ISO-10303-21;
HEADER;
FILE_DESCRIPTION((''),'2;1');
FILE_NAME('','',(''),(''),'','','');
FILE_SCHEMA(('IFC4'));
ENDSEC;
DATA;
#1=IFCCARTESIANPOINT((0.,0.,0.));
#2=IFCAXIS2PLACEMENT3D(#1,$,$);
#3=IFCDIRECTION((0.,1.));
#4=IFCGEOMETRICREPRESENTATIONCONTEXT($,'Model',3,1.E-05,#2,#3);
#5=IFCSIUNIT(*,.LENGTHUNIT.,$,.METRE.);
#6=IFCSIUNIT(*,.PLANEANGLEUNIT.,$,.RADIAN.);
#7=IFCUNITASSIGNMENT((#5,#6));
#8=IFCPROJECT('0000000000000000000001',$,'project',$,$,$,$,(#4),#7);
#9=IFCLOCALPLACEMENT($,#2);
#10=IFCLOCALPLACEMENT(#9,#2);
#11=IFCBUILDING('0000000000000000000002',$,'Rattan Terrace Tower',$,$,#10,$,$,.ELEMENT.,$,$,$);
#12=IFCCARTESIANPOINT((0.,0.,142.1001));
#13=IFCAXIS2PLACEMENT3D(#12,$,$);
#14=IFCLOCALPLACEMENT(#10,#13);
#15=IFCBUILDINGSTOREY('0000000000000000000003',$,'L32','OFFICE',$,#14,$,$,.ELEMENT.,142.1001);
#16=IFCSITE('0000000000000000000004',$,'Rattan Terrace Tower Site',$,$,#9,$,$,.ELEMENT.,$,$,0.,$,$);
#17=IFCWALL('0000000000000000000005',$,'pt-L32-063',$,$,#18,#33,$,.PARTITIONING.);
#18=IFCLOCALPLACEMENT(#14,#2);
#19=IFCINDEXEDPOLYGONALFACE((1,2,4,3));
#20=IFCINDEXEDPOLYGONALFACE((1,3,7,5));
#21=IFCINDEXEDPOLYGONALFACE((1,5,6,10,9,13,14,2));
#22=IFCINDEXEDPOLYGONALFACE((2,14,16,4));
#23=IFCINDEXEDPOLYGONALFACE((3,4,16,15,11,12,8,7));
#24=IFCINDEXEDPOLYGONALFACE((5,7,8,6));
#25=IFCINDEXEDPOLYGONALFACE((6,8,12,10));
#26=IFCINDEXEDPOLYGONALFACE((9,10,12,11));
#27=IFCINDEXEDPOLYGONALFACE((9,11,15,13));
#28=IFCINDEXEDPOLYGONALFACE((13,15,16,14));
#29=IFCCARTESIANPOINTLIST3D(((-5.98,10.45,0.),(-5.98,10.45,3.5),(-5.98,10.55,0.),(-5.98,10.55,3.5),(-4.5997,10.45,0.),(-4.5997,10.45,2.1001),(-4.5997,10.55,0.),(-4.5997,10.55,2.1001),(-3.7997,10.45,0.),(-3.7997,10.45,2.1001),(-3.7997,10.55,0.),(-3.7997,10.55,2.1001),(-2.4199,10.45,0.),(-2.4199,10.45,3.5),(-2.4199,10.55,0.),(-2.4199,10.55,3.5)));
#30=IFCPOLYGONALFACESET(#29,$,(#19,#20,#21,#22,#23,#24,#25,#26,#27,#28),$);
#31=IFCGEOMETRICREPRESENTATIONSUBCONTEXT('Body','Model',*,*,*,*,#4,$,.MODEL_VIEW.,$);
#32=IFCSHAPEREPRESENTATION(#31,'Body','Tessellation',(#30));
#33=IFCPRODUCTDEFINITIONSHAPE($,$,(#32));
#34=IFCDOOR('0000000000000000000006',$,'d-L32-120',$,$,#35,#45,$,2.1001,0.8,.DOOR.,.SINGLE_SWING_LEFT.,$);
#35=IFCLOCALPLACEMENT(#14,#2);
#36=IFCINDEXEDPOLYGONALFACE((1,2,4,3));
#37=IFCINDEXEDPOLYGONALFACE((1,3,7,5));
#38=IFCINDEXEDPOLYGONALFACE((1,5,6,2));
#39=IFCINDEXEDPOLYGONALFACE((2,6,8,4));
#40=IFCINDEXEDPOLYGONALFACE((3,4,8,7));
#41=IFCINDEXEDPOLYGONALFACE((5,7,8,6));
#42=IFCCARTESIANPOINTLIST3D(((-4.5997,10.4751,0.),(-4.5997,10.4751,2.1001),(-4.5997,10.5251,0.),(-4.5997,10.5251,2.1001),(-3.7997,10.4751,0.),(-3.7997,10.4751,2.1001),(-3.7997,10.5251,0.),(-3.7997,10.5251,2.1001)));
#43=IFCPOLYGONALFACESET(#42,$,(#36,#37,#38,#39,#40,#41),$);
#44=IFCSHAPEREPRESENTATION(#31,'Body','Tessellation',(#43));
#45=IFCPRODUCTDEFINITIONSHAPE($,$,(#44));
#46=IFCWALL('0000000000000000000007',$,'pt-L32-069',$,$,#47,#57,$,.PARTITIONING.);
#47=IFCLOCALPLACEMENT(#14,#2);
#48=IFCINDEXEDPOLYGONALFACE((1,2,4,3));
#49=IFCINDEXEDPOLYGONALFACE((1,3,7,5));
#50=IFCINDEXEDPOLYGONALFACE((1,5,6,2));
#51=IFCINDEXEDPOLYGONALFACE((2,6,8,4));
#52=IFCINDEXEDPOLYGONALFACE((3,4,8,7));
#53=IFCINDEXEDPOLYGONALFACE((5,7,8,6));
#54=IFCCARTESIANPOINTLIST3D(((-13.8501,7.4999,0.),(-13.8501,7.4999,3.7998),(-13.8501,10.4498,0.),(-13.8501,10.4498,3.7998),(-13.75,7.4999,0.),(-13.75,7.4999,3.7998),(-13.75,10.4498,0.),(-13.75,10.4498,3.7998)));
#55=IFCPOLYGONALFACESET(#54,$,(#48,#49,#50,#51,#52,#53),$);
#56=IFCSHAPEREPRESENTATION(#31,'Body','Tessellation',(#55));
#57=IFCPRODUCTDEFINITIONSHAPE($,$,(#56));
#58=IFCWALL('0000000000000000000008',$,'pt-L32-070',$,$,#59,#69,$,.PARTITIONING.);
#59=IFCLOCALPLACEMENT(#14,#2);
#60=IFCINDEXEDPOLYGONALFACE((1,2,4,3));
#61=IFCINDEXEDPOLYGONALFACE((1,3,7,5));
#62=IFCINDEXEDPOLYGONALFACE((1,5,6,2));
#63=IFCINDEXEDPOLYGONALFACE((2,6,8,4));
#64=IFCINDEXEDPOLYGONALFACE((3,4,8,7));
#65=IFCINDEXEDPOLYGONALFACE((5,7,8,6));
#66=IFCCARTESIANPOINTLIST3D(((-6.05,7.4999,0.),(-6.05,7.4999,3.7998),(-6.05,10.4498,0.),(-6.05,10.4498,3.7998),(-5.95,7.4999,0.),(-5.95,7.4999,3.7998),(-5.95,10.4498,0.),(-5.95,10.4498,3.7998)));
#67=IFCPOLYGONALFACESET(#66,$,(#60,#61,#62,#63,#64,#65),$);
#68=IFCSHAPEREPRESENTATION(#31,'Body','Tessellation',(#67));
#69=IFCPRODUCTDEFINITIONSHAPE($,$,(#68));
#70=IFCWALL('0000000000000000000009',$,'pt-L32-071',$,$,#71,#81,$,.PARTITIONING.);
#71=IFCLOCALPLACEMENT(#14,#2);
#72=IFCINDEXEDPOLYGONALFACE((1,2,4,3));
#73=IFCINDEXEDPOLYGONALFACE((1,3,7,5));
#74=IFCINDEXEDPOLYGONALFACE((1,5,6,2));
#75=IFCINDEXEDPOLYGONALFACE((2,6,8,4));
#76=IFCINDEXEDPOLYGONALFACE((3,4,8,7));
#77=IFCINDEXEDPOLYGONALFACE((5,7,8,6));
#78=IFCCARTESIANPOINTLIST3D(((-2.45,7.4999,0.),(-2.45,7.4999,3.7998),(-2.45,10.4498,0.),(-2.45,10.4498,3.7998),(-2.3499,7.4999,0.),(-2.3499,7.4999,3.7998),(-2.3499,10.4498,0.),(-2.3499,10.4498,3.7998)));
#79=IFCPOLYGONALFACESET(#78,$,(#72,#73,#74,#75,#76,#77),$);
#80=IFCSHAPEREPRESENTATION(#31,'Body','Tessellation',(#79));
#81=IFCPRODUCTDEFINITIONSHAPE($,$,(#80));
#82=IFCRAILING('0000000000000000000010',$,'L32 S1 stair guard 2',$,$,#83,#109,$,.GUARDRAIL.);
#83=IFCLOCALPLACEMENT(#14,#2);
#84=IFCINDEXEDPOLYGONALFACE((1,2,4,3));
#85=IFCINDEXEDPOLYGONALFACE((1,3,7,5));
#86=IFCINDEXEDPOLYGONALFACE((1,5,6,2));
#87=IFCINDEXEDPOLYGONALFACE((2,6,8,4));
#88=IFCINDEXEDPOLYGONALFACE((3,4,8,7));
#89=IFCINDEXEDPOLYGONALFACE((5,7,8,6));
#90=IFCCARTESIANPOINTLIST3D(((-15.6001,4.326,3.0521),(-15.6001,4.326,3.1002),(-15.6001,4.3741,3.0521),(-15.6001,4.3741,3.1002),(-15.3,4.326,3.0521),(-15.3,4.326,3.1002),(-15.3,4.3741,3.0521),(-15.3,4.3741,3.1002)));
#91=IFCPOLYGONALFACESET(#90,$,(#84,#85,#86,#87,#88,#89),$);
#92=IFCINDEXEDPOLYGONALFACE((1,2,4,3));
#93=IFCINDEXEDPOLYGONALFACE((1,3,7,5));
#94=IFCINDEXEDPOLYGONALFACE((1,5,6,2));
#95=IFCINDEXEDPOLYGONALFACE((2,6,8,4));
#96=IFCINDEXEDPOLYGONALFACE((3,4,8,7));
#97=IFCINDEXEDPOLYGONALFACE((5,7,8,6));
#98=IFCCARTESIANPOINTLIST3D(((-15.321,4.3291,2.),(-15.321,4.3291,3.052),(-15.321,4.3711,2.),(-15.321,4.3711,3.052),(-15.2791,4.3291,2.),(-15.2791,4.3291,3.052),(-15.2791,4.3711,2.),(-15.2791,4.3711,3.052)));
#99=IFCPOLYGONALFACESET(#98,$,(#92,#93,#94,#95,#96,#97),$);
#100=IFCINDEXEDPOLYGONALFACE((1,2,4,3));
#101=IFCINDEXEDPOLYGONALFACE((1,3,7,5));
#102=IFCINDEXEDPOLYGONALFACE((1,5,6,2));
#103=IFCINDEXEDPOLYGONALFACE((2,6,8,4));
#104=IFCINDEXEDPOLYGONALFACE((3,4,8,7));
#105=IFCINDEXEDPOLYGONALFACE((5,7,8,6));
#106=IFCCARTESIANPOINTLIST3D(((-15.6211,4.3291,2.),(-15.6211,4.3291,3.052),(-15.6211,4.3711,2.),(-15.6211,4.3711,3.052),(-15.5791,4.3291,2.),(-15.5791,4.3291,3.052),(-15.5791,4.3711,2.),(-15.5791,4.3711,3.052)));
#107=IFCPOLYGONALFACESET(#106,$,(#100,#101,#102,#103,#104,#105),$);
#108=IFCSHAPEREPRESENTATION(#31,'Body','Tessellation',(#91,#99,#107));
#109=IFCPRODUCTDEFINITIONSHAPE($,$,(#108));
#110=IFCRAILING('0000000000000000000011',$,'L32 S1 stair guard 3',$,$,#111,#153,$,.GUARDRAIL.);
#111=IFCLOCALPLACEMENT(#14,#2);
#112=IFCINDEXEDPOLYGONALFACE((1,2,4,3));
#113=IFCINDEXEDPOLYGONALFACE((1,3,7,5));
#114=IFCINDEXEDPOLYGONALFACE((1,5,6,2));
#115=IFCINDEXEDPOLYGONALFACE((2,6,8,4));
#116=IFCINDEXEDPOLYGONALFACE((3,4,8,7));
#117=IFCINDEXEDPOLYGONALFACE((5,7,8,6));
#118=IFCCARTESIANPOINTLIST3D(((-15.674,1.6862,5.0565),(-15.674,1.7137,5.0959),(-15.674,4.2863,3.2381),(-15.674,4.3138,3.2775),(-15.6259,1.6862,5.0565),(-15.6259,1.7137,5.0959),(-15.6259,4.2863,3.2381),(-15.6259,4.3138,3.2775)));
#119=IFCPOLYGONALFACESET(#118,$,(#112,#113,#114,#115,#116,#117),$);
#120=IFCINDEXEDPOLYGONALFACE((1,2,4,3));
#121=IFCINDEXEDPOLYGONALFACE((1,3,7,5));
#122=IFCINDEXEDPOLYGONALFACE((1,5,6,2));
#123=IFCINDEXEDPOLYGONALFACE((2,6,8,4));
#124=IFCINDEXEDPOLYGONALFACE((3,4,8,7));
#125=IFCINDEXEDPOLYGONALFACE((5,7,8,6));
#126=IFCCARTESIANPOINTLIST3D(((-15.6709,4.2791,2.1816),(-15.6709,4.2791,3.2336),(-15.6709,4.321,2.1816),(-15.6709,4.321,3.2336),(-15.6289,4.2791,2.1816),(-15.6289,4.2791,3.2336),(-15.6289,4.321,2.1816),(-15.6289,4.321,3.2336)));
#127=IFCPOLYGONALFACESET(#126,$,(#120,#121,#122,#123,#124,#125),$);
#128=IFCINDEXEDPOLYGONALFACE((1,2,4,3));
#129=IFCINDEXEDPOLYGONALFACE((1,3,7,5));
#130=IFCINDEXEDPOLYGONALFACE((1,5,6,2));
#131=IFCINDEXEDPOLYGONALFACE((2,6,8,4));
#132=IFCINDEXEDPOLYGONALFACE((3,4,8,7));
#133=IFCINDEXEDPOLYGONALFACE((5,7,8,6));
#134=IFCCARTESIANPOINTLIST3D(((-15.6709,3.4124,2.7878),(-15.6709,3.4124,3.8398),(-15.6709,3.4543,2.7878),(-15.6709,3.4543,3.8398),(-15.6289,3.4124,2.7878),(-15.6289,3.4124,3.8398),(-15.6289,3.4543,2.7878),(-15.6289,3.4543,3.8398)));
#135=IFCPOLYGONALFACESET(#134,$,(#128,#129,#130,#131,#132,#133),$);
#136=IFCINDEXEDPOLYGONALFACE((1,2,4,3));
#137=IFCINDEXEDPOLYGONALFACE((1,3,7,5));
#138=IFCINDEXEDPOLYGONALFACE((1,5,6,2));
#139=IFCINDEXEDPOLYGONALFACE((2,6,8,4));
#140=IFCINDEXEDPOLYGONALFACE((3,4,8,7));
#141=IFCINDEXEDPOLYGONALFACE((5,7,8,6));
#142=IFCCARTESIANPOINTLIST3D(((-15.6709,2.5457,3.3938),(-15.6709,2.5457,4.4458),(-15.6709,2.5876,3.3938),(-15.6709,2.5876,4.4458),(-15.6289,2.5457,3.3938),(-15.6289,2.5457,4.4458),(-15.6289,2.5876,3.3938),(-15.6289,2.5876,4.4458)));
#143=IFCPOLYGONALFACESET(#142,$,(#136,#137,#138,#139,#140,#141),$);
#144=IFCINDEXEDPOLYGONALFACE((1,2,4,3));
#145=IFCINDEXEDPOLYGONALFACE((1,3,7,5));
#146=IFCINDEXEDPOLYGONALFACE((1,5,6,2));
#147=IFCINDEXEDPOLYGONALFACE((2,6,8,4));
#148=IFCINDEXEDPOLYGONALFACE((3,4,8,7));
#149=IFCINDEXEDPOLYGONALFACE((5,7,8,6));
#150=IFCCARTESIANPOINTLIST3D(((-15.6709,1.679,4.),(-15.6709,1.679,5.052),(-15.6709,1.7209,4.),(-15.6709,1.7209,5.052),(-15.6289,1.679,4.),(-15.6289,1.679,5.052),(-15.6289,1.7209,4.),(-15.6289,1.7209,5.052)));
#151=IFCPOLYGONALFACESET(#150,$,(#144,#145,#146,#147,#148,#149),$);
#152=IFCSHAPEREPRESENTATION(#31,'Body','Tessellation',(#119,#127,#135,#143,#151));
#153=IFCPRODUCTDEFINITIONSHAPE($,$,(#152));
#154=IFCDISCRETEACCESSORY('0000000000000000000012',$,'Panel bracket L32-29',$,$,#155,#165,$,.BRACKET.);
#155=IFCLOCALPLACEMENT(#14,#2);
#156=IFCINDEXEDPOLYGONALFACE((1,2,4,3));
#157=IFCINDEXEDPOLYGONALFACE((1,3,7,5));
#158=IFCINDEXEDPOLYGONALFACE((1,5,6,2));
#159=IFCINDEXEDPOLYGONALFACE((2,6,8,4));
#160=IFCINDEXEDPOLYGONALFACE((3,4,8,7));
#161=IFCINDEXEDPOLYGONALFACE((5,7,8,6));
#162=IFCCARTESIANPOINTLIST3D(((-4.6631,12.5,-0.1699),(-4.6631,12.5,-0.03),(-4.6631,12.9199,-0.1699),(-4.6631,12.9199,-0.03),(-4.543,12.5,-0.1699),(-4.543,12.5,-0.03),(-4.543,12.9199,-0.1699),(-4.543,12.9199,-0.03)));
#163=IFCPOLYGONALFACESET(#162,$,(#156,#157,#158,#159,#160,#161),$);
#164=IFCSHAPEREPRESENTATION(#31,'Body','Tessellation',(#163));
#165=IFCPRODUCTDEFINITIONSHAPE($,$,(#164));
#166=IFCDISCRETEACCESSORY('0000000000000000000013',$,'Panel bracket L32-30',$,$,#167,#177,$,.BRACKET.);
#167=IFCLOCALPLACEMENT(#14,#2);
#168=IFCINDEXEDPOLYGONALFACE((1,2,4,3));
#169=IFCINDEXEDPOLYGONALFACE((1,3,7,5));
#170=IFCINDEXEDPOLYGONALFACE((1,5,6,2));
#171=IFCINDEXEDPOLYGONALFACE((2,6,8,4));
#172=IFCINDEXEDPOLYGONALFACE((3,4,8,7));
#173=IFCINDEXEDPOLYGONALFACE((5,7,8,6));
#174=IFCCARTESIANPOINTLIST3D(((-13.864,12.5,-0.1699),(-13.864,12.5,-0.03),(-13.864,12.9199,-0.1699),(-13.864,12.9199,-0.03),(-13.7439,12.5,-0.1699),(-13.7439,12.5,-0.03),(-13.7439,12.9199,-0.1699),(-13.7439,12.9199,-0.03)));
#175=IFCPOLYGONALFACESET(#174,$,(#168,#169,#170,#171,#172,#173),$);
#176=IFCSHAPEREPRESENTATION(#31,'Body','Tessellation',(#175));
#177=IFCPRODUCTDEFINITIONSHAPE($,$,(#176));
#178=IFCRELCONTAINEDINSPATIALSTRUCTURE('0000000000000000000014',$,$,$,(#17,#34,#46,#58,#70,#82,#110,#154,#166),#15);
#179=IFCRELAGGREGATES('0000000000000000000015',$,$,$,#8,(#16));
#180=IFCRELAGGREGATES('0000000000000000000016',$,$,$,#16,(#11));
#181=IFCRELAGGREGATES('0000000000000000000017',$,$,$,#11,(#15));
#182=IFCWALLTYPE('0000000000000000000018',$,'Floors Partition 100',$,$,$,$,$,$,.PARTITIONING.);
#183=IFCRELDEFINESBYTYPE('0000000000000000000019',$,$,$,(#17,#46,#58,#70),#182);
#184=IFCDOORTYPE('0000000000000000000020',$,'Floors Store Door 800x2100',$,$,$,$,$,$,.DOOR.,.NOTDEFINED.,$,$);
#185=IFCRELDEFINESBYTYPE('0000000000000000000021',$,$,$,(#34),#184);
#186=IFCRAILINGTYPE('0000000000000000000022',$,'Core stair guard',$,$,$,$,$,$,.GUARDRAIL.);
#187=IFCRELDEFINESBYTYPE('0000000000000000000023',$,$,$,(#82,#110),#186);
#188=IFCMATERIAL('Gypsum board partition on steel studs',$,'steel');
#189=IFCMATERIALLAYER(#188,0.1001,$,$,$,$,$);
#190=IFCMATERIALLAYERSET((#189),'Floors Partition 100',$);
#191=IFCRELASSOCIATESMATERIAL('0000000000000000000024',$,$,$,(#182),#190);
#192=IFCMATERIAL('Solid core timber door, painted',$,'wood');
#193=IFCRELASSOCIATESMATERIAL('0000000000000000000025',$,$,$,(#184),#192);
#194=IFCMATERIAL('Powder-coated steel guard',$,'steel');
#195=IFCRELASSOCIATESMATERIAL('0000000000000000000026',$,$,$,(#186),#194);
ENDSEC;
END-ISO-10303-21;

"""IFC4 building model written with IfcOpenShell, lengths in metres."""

from ifc_helpers import new_model, si_unit, direction, frame, frame_2d, origin, origin_2d, place, context, subcontext, project, spatial, rectangle, extrude, material, layer, layer_set, type_object, element, fill, save


model = new_model("IFC4")

# Units and contexts
model_context = context("Model", 3, precision=1e-05, world=origin(), true_north=direction((0.0, 1.0)))
body_context = subcontext(model_context, "Body", "Model", "MODEL_VIEW")
ifc_project = project(units=[si_unit("LENGTHUNIT", "METRE"), si_unit("PLANEANGLEUNIT", "RADIAN")], contexts=[model_context])

# Site, building, storey
site_placement = place(None, origin())
site = spatial("IfcSite", under=ifc_project, at=site_placement, Name="Rattan Terrace Tower Site", CompositionType="ELEMENT", RefElevation=0.0)
building_placement = place(site_placement, origin())
building = spatial("IfcBuilding", under=site, at=building_placement, Name="Rattan Terrace Tower", CompositionType="ELEMENT")
storey_placement = place(building_placement, frame((0.0, 0.0, 142.1001)))
storey = spatial("IfcBuildingStorey", under=building, at=storey_placement, Name="L32", Description="OFFICE", CompositionType="ELEMENT", Elevation=142.1001)

# Wall, opening, door
ifc_material_1 = material(Name="Gypsum board partition on steel studs", Category="steel")
ifc_layer_1 = layer(ifc_material_1, 0.1001)
ifc_layer_set_1 = layer_set([ifc_layer_1], Name="Floors Partition 100")
wall_type = type_object("IfcWallType", Name="Floors Partition 100", PredefinedType="PARTITIONING", material=ifc_layer_set_1)
ifc_material_2 = material(Name="Solid core timber door, painted", Category="wood")
door_type_1 = type_object("IfcDoorType", Name="Floors Store Door 800x2100", OperationType="NOTDEFINED", PredefinedType="DOOR", material=ifc_material_2)
wall_1_placement = place(storey_placement, frame((-2.4199, 10.5, 0.0), z_axis=(0.0, 0.0, 1.0), x_axis=(-1.0, 0.0, 0.0)))
wall_1 = element("IfcWall", 1, at=wall_1_placement, inside=storey, type_object=wall_type, Name="pt-L32-063", PredefinedType="PARTITIONING", context=body_context, shape_type="SweptSolid", body=[
    extrude(rectangle(XDim=3.5601, YDim=0.1001, at=frame_2d((1.78, 0.0))), origin(), (0.0, 0.0, 1.0), 3.5),
])
opening_1_placement = place(wall_1_placement, frame((1.3799, 0.0, 0.0)))
opening_1 = element("IfcOpeningElement", 2, at=opening_1_placement, cuts=wall_1, PredefinedType="OPENING", context=body_context, shape_type="SweptSolid", body=[
    extrude(rectangle(XDim=0.8, YDim=2.1001, at=frame_2d((0.3999, 1.05))), frame((0.0, 0.0605, 0.0), z_axis=(0.0, -1.0, 0.0), x_axis=(1.0, 0.0, 0.0)), (0.0, 0.0, 1.0), 0.1211),
])
door_1_placement = place(opening_1_placement, origin())
door_1 = element("IfcDoor", 3, at=door_1_placement, inside=storey, type_object=door_type_1, Name="d-L32-120", OperationType="SINGLE_SWING_LEFT", OverallHeight=2.1001, OverallWidth=0.8, PredefinedType="DOOR", context=body_context, shape_type="SweptSolid", body=[
    extrude(rectangle(XDim=0.8, YDim=2.1001, at=frame_2d((0.3999, 1.05))), frame((0.0, 0.0249, 0.0), z_axis=(0.0, -1.0, 0.0), x_axis=(1.0, 0.0, 0.0)), (0.0, 0.0, 1.0), 0.05),
])
fill(opening_1, door_1)

# Walls
for number, where, z_axis, x_axis, name in (
    (4, (-13.8, 10.45, 0.0), (0.0, 0.0, 1.0), (0.0, -1.0, 0.0), "pt-L32-069"),
    (5, (-6.0, 10.45, 0.0), (0.0, 0.0, 1.0), (0.0, -1.0, 0.0), "pt-L32-070"),
    (6, (-2.3999, 10.45, 0.0), (0.0, 0.0, 1.0), (0.0, -1.0, 0.0), "pt-L32-071"),
):
    element("IfcWall", number, at=place(storey_placement, frame(where, z_axis=z_axis, x_axis=x_axis)), inside=storey, type_object=wall_type, Name=name, PredefinedType="PARTITIONING", context=body_context, shape_type="SweptSolid", body=[
        extrude(rectangle(XDim=2.95, YDim=0.1001, at=frame_2d((1.4751, 0.0))), origin(), (0.0, 0.0, 1.0), 3.7998),
    ])

# Railings
ifc_material_3 = material(Name="Powder-coated steel guard", Category="steel")
railing_type = type_object("IfcRailingType", Name="Core stair guard", PredefinedType="GUARDRAIL", material=ifc_material_3)
railing_1_placement = place(storey_placement, frame((-15.3, 4.3501, 2.0)))
element("IfcRailing", 7, at=railing_1_placement, inside=storey, type_object=railing_type, Name="L32 S1 stair guard 2", PredefinedType="GUARDRAIL", context=body_context, shape_type="SweptSolid", body=[
    extrude(rectangle(XDim=0.0481, YDim=0.0481, at=origin_2d()), frame((0.0, 0.0, 1.0762), z_axis=(-1.0, 0.0, 0.0), x_axis=(0.0, -1.0, 0.0)), (0.0, 0.0, 1.0), 0.3),
    extrude(rectangle(XDim=0.042, YDim=0.042, at=origin_2d()), origin(), (0.0, 0.0, 1.0), 1.052),
    extrude(rectangle(XDim=0.042, YDim=0.042, at=origin_2d()), frame((-0.3, 0.0, 0.0)), (0.0, 0.0, 1.0), 1.052),
])
railing_2_placement = place(storey_placement, frame((-15.6499, 4.3, 2.1816)))
element("IfcRailing", 8, at=railing_2_placement, inside=storey, type_object=railing_type, Name="L32 S1 stair guard 3", PredefinedType="GUARDRAIL", context=body_context, shape_type="SweptSolid", body=[
    extrude(rectangle(XDim=0.0481, YDim=0.0481, at=origin_2d()), frame((0.0, 0.0, 1.0762), z_axis=(0.0, -0.819485, 0.573101), x_axis=(1.0, 0.0, 0.0)), (0.0, 0.0, 1.0), 3.1729),
    extrude(rectangle(XDim=0.042, YDim=0.042, at=origin_2d()), origin(), (0.0, 0.0, 1.0), 1.052),
    extrude(rectangle(XDim=0.042, YDim=0.042, at=origin_2d()), frame((0.0, -0.8667, 0.6062)), (0.0, 0.0, 1.0), 1.052),
    extrude(rectangle(XDim=0.042, YDim=0.042, at=origin_2d()), frame((0.0, -1.7334, 1.2122)), (0.0, 0.0, 1.0), 1.052),
    extrude(rectangle(XDim=0.042, YDim=0.042, at=origin_2d()), frame((0.0, -2.6001, 1.8184)), (0.0, 0.0, 1.0), 1.052),
])

# Discrete accessories
for number, where, z_axis, x_axis, name in (
    (9, (-4.603, 12.71, -0.1699), (0.0, 0.0, 1.0), (-1.0, 0.0, 0.0), "Panel bracket L32-29"),
    (10, (-13.804, 12.71, -0.1699), (0.0, 0.0, 1.0), (-1.0, 0.0, 0.0), "Panel bracket L32-30"),
):
    element("IfcDiscreteAccessory", number, at=place(storey_placement, frame(where, z_axis=z_axis, x_axis=x_axis)), inside=storey, Name=name, PredefinedType="BRACKET", context=body_context, shape_type="SweptSolid", body=[
        extrude(rectangle(XDim=0.1201, YDim=0.4199, at=origin_2d()), origin(), (0.0, 0.0, 1.0), 0.1399),
    ])

save(model, "model.ifc")
